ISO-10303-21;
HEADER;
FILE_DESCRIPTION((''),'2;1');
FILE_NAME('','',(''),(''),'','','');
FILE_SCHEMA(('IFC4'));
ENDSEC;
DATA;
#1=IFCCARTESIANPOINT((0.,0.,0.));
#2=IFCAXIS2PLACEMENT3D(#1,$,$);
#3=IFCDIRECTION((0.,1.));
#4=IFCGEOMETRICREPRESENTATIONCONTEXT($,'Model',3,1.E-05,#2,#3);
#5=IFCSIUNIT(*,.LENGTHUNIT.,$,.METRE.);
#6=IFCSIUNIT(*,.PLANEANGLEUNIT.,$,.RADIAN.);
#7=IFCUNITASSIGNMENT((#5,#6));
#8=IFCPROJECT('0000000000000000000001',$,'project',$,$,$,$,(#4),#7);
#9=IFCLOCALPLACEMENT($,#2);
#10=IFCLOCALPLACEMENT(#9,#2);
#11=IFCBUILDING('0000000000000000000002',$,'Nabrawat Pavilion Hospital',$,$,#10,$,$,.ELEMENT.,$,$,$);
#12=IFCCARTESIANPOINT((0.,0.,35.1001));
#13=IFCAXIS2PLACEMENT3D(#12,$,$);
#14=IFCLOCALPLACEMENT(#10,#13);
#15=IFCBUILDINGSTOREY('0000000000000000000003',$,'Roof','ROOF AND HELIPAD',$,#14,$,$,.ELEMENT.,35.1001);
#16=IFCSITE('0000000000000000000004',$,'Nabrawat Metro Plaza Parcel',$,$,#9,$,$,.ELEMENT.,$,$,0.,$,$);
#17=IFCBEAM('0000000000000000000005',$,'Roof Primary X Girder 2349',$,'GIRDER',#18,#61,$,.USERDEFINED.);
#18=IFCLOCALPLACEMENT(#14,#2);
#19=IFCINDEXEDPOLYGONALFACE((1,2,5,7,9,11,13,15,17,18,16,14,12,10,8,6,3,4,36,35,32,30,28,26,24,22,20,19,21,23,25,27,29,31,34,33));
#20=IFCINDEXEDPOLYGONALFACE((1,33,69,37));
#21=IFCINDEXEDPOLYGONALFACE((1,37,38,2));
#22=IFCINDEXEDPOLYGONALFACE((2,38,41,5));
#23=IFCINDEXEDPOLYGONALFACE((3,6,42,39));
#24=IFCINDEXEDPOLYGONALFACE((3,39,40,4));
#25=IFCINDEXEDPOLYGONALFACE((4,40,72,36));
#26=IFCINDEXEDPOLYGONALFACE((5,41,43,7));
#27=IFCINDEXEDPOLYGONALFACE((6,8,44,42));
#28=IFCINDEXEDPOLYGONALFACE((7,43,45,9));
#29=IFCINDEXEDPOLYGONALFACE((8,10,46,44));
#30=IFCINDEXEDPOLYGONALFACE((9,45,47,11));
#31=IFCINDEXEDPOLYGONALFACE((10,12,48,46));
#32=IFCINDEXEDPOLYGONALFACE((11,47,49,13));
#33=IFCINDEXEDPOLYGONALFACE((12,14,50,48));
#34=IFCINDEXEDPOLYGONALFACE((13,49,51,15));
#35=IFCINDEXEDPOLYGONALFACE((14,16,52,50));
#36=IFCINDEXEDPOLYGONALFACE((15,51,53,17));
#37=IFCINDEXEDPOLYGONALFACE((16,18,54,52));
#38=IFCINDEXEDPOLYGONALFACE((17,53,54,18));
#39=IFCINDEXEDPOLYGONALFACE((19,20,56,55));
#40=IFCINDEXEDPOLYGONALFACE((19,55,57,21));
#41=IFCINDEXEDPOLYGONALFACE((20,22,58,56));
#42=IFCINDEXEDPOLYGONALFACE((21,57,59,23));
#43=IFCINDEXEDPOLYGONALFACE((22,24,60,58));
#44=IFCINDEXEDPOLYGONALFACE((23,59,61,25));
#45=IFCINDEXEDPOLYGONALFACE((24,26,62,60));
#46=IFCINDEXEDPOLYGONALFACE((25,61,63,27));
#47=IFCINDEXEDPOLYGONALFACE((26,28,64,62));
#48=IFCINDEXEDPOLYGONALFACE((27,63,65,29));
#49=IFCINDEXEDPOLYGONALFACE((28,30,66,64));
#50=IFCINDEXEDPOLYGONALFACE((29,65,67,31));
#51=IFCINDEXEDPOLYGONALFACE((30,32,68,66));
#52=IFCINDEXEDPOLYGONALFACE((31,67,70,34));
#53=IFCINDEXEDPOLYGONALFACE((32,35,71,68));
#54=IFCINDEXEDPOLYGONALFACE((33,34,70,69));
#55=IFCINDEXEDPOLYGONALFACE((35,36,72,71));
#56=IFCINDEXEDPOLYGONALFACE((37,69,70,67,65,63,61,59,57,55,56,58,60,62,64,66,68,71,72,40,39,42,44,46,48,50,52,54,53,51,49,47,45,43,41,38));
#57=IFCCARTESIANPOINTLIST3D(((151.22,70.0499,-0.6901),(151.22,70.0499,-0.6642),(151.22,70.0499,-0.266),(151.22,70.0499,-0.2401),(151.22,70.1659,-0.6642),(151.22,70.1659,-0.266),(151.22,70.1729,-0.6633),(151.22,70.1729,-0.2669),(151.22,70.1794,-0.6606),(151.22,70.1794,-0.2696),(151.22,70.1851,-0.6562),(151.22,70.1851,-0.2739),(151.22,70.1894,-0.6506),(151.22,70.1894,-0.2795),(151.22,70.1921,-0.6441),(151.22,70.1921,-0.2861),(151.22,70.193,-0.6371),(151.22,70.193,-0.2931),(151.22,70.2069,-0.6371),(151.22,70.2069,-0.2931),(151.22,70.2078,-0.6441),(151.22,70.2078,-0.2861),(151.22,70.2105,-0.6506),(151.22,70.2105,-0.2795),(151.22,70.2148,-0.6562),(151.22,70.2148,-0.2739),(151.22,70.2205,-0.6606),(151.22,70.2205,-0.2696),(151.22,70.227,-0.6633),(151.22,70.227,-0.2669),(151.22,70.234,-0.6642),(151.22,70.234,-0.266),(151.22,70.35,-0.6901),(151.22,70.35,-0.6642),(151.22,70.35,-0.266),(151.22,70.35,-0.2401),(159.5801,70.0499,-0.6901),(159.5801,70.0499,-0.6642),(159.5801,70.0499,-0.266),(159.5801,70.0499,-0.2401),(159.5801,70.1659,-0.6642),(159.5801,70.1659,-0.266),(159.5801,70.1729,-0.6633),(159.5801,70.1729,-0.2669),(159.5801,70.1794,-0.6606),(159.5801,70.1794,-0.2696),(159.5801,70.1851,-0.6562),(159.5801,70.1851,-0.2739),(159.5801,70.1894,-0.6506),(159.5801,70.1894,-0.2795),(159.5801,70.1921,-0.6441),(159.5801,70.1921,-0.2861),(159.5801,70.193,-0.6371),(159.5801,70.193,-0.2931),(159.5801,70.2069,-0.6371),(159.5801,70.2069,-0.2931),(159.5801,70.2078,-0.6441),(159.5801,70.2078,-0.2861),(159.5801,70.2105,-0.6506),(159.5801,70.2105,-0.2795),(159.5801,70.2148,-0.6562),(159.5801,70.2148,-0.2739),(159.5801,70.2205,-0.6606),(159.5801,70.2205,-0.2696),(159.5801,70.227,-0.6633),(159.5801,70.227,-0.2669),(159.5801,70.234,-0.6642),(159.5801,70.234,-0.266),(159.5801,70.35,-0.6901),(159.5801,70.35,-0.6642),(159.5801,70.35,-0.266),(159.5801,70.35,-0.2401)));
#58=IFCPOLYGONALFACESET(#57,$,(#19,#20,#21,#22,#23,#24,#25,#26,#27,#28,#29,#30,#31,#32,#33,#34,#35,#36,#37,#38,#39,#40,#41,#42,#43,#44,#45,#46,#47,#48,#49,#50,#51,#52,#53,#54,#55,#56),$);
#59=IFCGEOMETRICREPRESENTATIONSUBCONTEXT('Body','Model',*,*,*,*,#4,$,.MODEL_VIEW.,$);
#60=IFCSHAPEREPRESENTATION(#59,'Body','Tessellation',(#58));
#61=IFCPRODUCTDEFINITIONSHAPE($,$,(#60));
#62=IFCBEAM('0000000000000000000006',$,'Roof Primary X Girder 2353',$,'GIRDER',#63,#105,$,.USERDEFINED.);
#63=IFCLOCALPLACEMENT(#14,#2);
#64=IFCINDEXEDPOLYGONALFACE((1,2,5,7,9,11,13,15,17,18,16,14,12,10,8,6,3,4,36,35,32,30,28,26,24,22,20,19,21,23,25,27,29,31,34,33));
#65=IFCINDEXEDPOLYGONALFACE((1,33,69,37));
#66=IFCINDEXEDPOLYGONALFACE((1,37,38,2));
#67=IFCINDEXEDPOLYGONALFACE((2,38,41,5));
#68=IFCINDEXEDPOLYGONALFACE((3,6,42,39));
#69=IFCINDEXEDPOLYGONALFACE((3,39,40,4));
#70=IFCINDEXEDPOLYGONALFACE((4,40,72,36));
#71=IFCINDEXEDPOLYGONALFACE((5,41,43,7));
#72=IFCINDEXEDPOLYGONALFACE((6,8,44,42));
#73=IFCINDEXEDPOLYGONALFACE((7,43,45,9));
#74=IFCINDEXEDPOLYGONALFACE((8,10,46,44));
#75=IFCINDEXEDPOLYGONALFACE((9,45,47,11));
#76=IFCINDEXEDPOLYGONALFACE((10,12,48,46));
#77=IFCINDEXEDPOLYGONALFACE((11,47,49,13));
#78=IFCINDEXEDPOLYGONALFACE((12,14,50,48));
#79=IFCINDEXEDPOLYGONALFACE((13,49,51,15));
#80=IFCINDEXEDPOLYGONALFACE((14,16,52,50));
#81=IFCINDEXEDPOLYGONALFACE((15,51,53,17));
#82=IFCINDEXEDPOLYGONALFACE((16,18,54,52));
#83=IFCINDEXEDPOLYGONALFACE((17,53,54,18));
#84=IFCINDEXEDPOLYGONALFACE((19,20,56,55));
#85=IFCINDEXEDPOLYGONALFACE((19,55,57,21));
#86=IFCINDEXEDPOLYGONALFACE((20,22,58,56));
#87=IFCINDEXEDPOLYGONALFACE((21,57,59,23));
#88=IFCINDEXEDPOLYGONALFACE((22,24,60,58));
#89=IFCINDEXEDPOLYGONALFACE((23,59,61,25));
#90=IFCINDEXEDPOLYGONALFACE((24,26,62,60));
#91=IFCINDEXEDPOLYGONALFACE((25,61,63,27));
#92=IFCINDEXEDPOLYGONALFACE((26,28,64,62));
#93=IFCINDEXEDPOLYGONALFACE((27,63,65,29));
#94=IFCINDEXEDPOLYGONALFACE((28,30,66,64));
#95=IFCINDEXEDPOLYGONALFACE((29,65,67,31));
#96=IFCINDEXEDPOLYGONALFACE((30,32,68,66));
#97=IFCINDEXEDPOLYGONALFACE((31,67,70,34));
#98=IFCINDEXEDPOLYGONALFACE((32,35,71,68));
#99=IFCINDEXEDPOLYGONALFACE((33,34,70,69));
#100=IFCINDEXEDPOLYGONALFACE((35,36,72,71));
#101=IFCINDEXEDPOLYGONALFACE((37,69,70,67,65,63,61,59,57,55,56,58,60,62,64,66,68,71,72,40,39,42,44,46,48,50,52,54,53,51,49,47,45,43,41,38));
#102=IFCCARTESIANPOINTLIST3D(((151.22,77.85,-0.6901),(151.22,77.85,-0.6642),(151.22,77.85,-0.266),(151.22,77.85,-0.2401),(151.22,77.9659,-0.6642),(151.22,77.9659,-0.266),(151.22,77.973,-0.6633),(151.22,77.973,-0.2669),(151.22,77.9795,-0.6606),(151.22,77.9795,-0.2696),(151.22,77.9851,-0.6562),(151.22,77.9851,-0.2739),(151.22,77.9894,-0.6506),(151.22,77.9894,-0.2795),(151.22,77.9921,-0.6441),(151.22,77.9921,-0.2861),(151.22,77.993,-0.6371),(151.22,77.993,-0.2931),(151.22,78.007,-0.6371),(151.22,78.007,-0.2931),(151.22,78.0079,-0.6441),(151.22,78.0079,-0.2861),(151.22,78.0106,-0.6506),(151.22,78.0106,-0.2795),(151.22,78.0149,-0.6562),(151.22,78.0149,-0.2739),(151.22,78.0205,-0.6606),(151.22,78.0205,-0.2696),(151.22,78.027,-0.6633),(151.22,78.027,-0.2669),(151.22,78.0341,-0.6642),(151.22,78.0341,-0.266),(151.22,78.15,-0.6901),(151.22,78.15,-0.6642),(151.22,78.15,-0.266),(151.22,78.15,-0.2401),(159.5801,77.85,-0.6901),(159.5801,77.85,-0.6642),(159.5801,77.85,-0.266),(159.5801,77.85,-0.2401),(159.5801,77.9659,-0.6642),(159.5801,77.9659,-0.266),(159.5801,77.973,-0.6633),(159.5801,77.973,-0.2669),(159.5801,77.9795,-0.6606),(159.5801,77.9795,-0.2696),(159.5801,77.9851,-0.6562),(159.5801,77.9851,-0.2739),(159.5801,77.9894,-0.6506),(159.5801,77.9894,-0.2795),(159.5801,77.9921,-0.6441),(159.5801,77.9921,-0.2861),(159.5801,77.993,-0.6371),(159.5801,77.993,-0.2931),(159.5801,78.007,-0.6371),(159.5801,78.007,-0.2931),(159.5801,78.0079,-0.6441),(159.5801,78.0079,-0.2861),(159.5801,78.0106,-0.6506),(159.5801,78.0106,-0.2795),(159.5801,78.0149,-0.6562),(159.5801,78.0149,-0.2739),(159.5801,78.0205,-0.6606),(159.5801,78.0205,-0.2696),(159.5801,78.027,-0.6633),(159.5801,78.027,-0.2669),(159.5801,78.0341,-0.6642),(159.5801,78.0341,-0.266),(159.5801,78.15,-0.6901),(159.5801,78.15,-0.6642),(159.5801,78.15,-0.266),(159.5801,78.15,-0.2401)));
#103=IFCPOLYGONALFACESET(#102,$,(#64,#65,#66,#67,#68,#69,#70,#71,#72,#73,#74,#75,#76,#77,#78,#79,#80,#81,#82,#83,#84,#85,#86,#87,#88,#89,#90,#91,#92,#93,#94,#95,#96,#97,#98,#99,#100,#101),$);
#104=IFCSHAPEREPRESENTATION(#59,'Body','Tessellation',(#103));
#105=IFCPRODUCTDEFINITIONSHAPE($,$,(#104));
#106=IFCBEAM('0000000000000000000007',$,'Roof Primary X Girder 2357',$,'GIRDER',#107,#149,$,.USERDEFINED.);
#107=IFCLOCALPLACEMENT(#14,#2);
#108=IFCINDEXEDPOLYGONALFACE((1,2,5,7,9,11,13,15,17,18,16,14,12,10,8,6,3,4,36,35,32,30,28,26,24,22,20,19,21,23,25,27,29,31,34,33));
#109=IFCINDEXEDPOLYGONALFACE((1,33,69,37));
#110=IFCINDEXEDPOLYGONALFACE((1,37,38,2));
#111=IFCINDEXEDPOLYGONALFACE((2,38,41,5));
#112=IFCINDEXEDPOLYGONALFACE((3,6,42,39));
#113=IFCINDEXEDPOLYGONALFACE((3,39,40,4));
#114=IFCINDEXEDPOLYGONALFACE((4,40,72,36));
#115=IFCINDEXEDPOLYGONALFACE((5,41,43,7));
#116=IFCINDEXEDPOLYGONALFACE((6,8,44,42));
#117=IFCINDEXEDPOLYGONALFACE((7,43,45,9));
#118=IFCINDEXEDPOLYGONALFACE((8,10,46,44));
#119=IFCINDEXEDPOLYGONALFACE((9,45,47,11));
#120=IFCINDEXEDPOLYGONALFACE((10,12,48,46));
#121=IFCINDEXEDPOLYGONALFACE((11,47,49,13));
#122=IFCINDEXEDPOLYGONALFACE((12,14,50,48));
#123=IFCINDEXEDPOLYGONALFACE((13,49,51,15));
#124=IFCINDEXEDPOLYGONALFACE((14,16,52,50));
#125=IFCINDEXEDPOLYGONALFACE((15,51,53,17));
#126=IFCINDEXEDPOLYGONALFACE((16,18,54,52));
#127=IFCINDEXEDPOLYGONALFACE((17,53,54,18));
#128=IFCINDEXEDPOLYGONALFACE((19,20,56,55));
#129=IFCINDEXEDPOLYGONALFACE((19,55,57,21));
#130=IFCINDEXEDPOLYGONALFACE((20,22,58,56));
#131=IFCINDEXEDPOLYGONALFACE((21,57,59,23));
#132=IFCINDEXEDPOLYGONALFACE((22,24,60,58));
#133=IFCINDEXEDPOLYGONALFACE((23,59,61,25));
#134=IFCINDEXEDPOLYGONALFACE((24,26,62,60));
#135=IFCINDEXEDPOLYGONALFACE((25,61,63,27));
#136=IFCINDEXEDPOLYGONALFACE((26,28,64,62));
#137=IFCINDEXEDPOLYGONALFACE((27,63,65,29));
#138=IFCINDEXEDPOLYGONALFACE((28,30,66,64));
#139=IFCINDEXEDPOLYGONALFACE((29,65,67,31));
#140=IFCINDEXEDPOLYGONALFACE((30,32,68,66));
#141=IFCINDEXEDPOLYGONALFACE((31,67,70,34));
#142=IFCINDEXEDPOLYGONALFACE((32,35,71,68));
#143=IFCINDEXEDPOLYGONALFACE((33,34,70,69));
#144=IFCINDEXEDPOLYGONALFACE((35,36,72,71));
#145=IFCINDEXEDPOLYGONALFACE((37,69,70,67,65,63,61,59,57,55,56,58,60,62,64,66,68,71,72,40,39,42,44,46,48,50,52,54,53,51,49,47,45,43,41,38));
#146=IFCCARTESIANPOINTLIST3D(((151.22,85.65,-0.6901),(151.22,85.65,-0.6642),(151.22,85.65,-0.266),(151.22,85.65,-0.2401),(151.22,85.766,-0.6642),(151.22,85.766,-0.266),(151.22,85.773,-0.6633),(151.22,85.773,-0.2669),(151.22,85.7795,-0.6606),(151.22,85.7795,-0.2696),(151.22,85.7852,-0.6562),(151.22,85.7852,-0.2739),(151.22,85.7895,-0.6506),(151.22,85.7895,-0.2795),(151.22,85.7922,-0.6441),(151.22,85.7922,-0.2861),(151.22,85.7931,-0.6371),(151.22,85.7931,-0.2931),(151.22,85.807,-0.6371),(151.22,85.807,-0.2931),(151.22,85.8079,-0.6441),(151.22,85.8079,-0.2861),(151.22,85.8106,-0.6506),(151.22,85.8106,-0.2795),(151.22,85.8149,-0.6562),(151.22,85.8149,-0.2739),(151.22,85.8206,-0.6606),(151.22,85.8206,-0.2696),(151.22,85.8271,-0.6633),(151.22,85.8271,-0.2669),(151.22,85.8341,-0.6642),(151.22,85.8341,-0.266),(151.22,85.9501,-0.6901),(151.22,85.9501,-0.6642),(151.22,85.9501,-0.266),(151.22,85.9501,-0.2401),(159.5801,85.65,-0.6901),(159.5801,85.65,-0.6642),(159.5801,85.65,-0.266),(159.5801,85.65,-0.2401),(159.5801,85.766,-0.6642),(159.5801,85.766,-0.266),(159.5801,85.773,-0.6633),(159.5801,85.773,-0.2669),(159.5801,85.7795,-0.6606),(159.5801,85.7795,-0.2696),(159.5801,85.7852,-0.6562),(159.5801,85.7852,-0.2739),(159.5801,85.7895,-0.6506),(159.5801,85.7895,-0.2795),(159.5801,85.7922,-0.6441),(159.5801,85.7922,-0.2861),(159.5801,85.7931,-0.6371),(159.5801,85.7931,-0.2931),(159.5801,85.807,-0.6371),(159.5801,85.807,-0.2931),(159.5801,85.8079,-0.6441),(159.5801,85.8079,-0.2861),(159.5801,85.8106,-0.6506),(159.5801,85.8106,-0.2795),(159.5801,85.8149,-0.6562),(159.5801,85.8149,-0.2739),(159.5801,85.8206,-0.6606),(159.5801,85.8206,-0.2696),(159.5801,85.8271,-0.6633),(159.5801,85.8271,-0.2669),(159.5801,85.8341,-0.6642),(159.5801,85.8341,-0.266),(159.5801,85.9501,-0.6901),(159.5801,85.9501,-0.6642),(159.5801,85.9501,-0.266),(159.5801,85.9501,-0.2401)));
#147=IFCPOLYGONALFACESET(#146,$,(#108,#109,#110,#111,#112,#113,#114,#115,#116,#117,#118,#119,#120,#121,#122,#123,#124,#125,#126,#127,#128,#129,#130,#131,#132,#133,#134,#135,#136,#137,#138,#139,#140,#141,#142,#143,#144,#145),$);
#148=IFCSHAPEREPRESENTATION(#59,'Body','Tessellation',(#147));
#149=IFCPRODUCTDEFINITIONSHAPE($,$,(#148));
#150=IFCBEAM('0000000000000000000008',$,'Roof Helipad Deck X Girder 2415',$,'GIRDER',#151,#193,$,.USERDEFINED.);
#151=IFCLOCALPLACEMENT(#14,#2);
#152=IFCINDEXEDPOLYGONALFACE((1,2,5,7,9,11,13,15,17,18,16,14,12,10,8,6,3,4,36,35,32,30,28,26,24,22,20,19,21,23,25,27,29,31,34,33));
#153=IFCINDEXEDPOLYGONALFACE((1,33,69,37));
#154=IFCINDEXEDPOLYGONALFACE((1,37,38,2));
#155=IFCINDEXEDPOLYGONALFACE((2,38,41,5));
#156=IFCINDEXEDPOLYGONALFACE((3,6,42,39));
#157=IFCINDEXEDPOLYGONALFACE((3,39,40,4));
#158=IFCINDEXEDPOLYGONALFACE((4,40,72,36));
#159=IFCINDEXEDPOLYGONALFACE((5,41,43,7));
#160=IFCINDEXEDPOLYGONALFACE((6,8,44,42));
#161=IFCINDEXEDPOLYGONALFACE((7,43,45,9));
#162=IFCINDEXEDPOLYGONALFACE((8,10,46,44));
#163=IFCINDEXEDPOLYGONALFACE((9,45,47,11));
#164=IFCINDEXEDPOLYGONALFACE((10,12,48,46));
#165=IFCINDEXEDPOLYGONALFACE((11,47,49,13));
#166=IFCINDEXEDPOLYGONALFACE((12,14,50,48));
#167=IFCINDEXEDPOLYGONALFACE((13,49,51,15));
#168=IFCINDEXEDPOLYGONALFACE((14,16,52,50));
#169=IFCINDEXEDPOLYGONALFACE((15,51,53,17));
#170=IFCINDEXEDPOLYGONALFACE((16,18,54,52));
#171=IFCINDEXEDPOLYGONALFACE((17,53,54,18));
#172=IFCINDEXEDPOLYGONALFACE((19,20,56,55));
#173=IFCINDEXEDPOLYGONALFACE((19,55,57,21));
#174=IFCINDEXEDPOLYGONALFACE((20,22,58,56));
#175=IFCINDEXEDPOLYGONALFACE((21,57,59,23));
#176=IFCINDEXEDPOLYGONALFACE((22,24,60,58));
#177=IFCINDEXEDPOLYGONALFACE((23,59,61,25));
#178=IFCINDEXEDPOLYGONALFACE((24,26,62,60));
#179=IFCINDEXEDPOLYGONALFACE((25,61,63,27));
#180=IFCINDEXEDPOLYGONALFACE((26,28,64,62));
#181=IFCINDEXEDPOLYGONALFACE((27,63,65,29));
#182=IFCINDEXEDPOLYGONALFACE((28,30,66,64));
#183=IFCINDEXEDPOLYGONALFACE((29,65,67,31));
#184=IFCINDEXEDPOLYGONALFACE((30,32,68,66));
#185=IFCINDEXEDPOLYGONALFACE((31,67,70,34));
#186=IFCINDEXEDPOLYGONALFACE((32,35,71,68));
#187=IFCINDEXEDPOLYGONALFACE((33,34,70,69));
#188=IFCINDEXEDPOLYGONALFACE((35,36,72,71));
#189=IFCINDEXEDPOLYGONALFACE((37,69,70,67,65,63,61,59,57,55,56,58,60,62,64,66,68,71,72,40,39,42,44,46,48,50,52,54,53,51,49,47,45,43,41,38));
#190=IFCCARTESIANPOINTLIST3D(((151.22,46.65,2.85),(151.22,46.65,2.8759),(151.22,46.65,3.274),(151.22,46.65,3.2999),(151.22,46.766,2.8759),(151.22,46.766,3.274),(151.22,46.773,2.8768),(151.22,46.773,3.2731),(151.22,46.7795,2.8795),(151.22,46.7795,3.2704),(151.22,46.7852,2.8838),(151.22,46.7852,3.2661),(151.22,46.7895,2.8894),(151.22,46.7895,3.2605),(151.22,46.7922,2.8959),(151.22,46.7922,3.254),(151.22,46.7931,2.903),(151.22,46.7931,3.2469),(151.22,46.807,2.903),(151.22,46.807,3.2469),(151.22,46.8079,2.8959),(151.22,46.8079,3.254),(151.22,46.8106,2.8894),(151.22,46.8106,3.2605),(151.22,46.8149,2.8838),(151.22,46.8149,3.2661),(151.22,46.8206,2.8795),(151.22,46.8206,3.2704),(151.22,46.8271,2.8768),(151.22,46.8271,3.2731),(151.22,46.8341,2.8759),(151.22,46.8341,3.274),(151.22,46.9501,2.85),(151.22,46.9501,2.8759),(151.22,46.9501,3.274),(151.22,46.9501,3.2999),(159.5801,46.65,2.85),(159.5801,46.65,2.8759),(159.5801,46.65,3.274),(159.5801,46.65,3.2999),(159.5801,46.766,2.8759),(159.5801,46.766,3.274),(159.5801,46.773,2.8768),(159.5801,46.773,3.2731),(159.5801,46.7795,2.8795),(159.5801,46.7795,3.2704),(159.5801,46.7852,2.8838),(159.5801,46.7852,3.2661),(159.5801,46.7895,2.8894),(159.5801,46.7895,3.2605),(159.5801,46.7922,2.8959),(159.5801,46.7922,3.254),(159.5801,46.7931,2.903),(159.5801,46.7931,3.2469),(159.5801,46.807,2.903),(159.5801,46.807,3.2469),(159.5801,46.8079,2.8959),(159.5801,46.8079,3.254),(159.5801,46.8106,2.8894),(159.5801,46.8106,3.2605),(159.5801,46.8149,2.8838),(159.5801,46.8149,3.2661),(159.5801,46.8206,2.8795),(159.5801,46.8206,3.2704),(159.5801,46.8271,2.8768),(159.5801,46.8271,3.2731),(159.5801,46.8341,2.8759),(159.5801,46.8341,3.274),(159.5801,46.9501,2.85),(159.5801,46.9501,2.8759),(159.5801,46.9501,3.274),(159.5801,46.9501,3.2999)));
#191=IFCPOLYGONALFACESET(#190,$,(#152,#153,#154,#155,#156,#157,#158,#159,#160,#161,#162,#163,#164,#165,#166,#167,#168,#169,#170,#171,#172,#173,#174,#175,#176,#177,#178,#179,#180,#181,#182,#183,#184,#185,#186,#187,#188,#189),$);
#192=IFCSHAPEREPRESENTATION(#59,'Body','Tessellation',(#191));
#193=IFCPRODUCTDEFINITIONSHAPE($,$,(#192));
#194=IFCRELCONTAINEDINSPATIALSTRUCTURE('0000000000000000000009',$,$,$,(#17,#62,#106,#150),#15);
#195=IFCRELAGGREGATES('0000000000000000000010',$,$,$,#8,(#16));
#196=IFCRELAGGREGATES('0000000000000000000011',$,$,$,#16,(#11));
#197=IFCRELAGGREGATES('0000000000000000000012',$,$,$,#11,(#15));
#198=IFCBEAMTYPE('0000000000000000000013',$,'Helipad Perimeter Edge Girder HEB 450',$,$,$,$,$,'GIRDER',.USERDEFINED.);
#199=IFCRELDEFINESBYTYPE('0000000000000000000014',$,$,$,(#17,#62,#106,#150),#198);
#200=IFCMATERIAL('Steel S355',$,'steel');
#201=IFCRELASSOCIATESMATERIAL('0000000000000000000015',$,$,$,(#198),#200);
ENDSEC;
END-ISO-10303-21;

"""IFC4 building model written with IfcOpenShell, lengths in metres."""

from ifc_helpers import new_model, si_unit, direction, frame, origin, origin_2d, place, context, subcontext, project, spatial, i_section, extrude, material, material_profile, profile_set, type_object, element, save


model = new_model("IFC4")

# Units and contexts
model_context = context("Model", 3, precision=1e-05, world=origin(), true_north=direction((0.0, 1.0)))
body_context = subcontext(model_context, "Body", "Model", "MODEL_VIEW")
ifc_project = project(units=[si_unit("LENGTHUNIT", "METRE"), si_unit("PLANEANGLEUNIT", "RADIAN")], contexts=[model_context])

# Site, building, storey
site_placement = place(None, origin())
site = spatial("IfcSite", under=ifc_project, at=site_placement, Name="Nabrawat Metro Plaza Parcel", CompositionType="ELEMENT", RefElevation=0.0)
building_placement = place(site_placement, origin())
building = spatial("IfcBuilding", under=site, at=building_placement, Name="Nabrawat Pavilion Hospital", CompositionType="ELEMENT")
storey_placement = place(building_placement, frame((0.0, 0.0, 35.1001)))
storey = spatial("IfcBuildingStorey", under=building, at=storey_placement, Name="Roof", Description="ROOF AND HELIPAD", CompositionType="ELEMENT", Elevation=35.1001)

# Beams
ifc_material = material(Name="Steel S355", Category="steel")
ifc_material_profile_1 = material_profile(ifc_material, i_section(OverallWidth=0.3, OverallDepth=0.45, WebThickness=0.0139, FlangeThickness=0.0259, FilletRadius=0.0271, at=origin_2d()), Name="HEB 450")
ifc_profile_set_1 = profile_set([ifc_material_profile_1], Name="Steel S355")
beam_type_1 = type_object("IfcBeamType", Name="Helipad Perimeter Edge Girder HEB 450", ElementType="GIRDER", PredefinedType="USERDEFINED", material=ifc_profile_set_1)
for number, where, z_axis, x_axis, name in (
    (1, (151.22, 70.2, -0.4651), (1.0, 0.0, 0.0), (0.0, 1.0, 0.0), "Roof Primary X Girder 2349"),
    (2, (151.22, 78.0, -0.4651), (1.0, 0.0, 0.0), (0.0, 1.0, 0.0), "Roof Primary X Girder 2353"),
    (3, (151.22, 85.8, -0.4651), (1.0, 0.0, 0.0), (0.0, 1.0, 0.0), "Roof Primary X Girder 2357"),
    (4, (151.22, 46.8, 3.075), (1.0, 0.0, 0.0), (0.0, 1.0, 0.0), "Roof Helipad Deck X Girder 2415"),
):
    element("IfcBeam", number, at=place(storey_placement, frame(where, z_axis=z_axis, x_axis=x_axis)), inside=storey, type_object=beam_type_1, Name=name, ObjectType="GIRDER", PredefinedType="USERDEFINED", context=body_context, shape_type="SweptSolid", body=[
        extrude(i_section(OverallWidth=0.3, OverallDepth=0.45, WebThickness=0.0139, FlangeThickness=0.0259, FilletRadius=0.0271, at=origin_2d()), origin(), (0.0, 0.0, 1.0), 8.3601),
    ])

save(model, "model.ifc")
